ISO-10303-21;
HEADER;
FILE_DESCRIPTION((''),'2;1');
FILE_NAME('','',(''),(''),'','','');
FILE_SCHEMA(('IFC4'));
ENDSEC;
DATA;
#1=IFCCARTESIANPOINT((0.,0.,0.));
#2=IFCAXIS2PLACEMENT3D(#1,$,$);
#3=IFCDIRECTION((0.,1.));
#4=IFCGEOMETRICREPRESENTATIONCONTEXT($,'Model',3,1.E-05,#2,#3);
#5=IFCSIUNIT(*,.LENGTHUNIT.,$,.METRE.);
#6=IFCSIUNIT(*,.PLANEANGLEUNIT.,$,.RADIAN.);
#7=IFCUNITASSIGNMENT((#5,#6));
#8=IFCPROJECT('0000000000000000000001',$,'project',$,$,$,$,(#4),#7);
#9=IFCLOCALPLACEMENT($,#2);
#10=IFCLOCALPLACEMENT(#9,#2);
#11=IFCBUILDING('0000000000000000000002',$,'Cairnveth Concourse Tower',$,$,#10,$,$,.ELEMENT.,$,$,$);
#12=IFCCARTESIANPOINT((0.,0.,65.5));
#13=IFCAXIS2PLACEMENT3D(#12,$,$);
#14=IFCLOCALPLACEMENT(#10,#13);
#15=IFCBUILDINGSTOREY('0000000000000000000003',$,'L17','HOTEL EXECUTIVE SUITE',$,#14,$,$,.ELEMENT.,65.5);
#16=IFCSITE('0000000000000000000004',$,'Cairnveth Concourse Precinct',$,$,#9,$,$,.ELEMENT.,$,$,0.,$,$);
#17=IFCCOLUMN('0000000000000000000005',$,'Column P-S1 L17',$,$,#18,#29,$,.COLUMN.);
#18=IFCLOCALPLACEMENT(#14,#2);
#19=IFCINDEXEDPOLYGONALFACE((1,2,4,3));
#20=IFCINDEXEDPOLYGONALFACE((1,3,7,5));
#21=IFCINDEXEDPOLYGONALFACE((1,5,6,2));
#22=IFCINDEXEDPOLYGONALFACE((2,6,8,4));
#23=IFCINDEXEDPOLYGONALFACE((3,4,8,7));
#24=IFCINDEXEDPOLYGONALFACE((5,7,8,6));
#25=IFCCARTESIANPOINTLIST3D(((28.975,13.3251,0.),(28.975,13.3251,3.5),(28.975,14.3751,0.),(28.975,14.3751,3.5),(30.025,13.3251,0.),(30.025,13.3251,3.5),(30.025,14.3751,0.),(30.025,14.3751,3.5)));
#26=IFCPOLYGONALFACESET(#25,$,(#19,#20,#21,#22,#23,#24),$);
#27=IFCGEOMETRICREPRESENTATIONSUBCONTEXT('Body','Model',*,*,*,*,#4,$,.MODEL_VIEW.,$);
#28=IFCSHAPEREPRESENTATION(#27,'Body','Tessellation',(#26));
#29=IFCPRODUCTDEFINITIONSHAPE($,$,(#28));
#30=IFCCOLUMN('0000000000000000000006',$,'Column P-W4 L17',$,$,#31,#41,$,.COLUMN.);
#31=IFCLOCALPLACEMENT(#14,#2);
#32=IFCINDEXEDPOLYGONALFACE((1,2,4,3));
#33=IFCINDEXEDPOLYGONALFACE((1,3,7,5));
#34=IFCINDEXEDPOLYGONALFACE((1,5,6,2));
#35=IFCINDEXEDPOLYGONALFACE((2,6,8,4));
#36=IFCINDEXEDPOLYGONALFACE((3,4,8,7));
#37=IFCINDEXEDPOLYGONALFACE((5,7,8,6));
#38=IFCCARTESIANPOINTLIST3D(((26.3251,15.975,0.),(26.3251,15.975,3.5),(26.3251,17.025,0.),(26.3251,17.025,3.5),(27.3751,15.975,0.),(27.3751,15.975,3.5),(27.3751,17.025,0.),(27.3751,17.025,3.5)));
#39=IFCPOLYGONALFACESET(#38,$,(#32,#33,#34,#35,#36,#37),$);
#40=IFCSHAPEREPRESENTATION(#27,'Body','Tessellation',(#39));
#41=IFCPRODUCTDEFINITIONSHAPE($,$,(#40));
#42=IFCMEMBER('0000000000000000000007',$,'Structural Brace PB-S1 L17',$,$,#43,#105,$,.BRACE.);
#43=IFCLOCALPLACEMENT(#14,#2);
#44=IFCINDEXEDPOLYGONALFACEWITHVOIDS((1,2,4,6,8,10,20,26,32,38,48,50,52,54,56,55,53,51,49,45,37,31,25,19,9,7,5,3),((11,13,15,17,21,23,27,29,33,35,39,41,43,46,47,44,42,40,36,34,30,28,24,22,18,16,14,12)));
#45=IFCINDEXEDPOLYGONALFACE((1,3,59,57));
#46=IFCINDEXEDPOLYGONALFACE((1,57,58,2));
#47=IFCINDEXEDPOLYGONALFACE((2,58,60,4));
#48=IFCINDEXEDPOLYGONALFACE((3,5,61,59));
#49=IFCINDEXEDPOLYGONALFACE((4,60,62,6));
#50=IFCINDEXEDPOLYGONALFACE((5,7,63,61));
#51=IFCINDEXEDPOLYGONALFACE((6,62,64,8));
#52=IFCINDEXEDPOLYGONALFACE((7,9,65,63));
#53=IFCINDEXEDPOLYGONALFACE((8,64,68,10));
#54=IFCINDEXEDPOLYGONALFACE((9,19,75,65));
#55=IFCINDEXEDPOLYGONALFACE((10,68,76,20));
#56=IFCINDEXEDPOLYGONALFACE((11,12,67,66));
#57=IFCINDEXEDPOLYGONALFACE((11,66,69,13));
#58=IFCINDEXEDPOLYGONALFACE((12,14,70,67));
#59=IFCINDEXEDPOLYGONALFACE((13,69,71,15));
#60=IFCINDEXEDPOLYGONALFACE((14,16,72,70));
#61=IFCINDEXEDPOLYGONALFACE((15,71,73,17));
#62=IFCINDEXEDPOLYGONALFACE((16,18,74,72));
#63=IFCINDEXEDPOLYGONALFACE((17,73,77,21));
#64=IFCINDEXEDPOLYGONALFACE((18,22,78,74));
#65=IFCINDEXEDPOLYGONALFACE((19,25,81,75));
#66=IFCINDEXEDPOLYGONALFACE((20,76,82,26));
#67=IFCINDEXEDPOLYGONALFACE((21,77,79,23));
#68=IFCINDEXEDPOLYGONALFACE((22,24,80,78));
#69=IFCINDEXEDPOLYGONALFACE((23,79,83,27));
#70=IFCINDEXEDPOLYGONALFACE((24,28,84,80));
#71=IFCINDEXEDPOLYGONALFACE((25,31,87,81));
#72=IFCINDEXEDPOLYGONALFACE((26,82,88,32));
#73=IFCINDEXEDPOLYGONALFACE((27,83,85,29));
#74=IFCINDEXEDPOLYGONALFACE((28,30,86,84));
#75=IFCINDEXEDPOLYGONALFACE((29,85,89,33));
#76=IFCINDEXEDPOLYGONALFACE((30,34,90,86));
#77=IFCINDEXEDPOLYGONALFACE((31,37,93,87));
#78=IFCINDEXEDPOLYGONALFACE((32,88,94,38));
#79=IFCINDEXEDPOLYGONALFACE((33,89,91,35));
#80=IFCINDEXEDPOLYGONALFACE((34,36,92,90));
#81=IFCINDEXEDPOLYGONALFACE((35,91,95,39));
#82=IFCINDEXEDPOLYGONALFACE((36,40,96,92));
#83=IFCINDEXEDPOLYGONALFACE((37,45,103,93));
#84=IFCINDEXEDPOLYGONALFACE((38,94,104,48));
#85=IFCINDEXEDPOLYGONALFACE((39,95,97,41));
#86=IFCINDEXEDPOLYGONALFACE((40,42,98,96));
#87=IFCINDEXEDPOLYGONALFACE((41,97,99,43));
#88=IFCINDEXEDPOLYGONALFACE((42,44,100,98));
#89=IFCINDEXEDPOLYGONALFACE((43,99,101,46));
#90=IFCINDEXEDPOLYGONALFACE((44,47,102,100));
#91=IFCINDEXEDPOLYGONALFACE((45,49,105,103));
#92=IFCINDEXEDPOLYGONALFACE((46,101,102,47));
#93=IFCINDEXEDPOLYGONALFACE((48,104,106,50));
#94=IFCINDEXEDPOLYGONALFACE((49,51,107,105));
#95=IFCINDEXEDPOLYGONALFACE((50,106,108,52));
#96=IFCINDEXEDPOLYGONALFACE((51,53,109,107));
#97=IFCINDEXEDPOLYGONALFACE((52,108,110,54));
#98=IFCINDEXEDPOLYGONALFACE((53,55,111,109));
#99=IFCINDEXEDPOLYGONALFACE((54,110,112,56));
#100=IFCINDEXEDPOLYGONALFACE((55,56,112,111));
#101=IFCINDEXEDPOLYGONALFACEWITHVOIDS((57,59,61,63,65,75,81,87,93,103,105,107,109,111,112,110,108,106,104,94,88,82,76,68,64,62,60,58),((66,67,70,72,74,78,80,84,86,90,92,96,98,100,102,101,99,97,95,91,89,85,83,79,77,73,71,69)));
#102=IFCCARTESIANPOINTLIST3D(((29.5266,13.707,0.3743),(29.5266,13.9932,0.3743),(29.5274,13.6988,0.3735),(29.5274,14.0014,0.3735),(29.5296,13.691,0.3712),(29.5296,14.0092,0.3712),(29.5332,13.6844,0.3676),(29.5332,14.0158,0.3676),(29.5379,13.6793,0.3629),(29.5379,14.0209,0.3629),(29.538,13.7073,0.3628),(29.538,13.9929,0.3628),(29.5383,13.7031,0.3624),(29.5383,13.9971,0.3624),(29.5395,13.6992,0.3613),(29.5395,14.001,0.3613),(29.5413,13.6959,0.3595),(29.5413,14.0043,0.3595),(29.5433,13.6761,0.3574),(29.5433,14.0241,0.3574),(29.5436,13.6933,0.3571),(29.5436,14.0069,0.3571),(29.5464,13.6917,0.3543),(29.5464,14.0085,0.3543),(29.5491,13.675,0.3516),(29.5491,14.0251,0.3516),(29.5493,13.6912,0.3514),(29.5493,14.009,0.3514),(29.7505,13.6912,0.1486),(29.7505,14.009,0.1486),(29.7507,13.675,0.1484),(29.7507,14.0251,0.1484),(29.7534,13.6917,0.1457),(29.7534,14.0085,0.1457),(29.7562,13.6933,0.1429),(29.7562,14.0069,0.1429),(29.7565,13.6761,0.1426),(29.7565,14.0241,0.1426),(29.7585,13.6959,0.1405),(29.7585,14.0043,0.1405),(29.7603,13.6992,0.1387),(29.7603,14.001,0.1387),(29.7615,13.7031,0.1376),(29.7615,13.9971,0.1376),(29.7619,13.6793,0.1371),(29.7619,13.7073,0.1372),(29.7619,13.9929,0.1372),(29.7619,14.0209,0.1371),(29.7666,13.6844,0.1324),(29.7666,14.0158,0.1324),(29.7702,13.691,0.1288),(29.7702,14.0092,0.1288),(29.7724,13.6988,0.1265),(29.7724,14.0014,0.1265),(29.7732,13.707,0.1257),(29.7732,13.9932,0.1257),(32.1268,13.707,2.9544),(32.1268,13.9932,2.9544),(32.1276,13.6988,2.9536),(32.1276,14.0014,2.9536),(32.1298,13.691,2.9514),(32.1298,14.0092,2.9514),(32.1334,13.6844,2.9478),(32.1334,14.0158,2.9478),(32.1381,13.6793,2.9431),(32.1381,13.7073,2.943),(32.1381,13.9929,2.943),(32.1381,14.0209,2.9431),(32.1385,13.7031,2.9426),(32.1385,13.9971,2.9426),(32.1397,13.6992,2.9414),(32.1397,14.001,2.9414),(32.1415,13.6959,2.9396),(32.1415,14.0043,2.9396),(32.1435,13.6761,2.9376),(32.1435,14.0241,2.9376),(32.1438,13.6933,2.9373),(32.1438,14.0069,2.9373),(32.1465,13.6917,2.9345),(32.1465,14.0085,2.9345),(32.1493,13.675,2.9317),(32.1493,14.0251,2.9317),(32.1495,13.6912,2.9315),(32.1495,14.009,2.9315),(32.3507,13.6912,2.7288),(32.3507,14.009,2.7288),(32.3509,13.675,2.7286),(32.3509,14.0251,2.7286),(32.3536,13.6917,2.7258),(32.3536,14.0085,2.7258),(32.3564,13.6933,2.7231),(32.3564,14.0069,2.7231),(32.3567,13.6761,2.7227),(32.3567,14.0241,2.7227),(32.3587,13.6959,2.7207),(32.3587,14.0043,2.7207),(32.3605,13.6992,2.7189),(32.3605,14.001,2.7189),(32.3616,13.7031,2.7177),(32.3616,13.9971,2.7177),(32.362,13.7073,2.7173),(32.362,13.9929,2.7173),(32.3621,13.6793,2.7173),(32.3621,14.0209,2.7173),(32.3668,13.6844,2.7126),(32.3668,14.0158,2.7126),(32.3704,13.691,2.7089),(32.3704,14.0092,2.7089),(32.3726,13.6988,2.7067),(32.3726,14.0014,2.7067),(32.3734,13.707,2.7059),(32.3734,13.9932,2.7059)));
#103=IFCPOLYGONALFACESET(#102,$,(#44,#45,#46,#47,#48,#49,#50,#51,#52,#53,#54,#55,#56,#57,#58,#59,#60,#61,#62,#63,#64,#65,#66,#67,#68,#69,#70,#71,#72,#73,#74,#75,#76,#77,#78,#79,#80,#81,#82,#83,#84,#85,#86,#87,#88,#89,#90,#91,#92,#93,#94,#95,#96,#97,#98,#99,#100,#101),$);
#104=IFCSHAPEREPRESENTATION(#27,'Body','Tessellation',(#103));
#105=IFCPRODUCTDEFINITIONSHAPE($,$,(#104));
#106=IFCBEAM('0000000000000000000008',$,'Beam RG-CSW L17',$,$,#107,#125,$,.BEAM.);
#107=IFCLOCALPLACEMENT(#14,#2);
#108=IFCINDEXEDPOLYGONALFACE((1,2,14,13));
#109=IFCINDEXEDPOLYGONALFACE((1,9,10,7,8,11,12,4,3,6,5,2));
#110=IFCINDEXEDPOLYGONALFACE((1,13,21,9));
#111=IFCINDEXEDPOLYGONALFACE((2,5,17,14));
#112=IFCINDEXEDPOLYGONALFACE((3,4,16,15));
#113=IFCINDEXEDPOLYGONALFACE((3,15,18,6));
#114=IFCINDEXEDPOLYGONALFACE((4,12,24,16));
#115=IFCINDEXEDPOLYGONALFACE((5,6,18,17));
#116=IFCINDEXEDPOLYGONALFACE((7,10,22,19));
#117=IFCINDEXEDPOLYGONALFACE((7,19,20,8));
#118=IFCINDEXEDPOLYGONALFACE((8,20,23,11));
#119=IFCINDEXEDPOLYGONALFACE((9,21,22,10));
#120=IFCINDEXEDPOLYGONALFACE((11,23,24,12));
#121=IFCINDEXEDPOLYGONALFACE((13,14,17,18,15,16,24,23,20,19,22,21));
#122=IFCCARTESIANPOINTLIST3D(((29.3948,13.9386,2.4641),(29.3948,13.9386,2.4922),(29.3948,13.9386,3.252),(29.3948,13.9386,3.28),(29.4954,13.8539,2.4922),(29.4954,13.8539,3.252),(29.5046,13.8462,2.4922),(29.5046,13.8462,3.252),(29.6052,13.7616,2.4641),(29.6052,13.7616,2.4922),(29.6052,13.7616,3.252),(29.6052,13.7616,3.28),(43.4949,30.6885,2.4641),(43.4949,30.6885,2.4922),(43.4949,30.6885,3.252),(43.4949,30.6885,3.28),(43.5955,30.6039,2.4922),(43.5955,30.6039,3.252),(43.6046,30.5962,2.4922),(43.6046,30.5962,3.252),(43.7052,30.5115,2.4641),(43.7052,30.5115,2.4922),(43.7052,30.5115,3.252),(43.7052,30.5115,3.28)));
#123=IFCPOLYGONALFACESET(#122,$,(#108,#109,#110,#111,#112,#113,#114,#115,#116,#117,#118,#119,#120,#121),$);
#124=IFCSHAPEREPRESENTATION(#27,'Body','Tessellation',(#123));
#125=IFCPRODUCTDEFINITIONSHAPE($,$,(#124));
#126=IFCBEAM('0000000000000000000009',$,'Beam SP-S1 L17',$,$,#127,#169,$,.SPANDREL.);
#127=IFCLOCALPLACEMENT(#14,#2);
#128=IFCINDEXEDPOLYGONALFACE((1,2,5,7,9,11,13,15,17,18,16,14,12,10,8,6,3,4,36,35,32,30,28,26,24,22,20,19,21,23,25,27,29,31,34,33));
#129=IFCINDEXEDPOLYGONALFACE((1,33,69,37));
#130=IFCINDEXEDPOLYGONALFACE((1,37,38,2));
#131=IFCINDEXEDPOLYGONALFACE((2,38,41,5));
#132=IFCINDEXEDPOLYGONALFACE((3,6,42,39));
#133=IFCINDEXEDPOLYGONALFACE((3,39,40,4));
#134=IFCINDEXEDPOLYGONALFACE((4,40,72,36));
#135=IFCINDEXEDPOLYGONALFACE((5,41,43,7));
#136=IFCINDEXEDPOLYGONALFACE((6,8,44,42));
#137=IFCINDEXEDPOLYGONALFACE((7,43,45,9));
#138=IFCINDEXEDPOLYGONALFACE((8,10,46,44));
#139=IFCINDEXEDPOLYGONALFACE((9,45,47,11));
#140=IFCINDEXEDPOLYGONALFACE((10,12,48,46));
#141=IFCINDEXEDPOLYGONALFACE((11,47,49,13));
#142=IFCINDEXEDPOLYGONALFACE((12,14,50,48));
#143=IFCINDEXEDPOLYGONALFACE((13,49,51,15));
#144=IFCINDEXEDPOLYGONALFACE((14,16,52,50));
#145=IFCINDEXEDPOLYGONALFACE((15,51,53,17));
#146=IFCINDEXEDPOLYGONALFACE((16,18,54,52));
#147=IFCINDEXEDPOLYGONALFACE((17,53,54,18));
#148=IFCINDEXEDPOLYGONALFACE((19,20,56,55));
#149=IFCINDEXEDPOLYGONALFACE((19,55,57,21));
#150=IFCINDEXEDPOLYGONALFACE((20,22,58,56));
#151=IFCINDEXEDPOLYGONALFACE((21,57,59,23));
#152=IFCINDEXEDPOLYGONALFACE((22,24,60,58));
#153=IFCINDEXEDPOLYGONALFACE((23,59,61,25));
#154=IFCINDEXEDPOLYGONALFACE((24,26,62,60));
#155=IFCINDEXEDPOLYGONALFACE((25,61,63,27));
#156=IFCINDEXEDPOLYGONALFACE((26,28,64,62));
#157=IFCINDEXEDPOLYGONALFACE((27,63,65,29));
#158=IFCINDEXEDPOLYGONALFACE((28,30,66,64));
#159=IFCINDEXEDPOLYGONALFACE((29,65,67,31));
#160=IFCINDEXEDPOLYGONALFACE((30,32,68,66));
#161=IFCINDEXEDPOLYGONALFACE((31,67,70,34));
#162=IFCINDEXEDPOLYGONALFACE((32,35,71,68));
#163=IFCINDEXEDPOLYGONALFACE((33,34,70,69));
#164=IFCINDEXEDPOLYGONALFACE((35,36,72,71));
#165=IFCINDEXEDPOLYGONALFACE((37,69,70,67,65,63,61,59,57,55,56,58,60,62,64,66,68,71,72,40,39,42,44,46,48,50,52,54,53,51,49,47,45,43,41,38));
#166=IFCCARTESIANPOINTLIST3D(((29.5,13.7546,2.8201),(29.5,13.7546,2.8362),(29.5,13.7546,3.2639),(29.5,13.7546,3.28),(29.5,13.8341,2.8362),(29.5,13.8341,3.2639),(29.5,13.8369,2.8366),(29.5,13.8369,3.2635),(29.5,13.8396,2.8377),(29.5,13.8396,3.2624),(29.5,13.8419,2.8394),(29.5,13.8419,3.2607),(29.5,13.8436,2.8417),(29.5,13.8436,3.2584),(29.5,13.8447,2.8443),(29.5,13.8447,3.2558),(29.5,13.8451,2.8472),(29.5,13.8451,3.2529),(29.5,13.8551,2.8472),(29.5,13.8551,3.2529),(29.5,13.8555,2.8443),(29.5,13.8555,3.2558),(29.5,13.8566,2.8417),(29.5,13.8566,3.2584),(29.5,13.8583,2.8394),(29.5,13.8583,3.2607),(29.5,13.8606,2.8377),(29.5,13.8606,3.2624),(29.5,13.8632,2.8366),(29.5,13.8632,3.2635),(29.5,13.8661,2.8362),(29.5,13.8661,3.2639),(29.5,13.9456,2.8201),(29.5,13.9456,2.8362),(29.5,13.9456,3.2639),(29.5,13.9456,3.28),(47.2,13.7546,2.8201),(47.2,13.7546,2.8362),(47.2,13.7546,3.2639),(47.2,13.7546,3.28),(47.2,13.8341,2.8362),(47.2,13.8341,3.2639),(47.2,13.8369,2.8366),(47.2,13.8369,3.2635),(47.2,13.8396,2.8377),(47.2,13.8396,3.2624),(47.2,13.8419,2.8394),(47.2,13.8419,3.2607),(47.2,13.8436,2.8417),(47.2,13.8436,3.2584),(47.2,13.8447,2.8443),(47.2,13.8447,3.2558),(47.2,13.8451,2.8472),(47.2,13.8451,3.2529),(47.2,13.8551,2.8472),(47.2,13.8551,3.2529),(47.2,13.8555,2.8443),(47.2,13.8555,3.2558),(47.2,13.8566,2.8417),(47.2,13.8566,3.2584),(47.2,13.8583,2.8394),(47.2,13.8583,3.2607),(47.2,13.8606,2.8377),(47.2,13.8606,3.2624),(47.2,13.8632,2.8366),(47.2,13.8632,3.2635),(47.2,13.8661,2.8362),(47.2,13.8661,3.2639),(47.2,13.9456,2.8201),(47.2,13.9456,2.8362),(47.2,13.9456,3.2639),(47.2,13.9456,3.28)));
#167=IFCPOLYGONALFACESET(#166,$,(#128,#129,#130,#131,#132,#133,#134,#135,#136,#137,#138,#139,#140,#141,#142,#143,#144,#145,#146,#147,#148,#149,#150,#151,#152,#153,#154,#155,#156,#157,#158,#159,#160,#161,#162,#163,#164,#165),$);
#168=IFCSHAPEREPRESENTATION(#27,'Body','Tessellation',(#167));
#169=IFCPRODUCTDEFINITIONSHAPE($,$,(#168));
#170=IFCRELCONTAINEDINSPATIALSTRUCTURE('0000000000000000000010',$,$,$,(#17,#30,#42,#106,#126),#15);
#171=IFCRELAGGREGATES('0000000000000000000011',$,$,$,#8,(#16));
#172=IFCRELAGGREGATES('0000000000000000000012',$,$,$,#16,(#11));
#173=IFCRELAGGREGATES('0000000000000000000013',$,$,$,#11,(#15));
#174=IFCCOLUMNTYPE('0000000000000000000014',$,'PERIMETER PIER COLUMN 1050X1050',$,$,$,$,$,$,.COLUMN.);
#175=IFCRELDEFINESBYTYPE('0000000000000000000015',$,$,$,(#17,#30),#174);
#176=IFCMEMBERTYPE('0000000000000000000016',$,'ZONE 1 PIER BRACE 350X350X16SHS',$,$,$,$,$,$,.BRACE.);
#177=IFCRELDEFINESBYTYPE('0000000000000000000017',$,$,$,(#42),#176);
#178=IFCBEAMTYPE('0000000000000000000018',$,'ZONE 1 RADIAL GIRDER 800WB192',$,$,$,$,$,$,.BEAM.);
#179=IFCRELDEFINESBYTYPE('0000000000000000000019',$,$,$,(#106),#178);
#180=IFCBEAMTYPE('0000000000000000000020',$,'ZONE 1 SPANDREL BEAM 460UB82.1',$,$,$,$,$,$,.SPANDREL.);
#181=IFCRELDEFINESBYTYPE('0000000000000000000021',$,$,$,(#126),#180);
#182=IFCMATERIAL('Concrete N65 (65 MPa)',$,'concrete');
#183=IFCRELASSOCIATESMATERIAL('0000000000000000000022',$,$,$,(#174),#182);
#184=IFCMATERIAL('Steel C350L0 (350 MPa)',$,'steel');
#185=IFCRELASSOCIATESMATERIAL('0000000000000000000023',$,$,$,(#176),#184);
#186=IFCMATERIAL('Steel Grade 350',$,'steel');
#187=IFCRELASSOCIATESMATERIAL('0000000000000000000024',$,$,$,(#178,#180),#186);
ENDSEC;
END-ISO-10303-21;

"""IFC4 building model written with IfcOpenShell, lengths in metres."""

from ifc_helpers import new_model, si_unit, direction, frame, origin, origin_2d, place, context, subcontext, project, spatial, rectangle, hollow_rectangle, i_section, extrude, material, material_profile, profile_set, type_object, element, save


model = new_model("IFC4")

# Units and contexts
model_context = context("Model", 3, precision=1e-05, world=origin(), true_north=direction((0.0, 1.0)))
body_context = subcontext(model_context, "Body", "Model", "MODEL_VIEW")
ifc_project = project(units=[si_unit("LENGTHUNIT", "METRE"), si_unit("PLANEANGLEUNIT", "RADIAN")], contexts=[model_context])

# Site, building, storey
site_placement = place(None, origin())
site = spatial("IfcSite", under=ifc_project, at=site_placement, Name="Cairnveth Concourse Precinct", CompositionType="ELEMENT", RefElevation=0.0)
building_placement = place(site_placement, origin())
building = spatial("IfcBuilding", under=site, at=building_placement, Name="Cairnveth Concourse Tower", CompositionType="ELEMENT")
storey_placement = place(building_placement, frame((0.0, 0.0, 65.5)))
storey = spatial("IfcBuildingStorey", under=building, at=storey_placement, Name="L17", Description="HOTEL EXECUTIVE SUITE", CompositionType="ELEMENT", Elevation=65.5)

# Columns
ifc_material_1 = material(Name="Concrete N65 (65 MPa)", Category="concrete")
ifc_material_profile_1 = material_profile(ifc_material_1, rectangle(XDim=1.05, YDim=1.05, at=origin_2d()), Name="RC-COL-1050x1050")
ifc_profile_set_1 = profile_set([ifc_material_profile_1], Name="Concrete N65 (65 MPa)")
column_type = type_object("IfcColumnType", Name="PERIMETER PIER COLUMN 1050X1050", PredefinedType="COLUMN", material=ifc_profile_set_1)
for number, where, z_axis, x_axis, name in (
    (1, (29.5, 13.8501, 0.0), (0.0, 0.0, 1.0), (1.0, 0.0, 0.0), "Column P-S1 L17"),
    (2, (26.8501, 16.5, 0.0), (0.0, 0.0, 1.0), (0.0, 1.0, 0.0), "Column P-W4 L17"),
):
    element("IfcColumn", number, at=place(storey_placement, frame(where, z_axis=z_axis, x_axis=x_axis)), inside=storey, type_object=column_type, Name=name, PredefinedType="COLUMN", context=body_context, shape_type="SweptSolid", body=[
        extrude(rectangle(XDim=1.05, YDim=1.05, at=origin_2d()), origin(), (0.0, 0.0, 1.0), 3.5),
    ])

# Member
ifc_material_2 = material(Name="Steel C350L0 (350 MPa)", Category="steel")
ifc_material_profile_2 = material_profile(ifc_material_2, hollow_rectangle(XDim=0.3501, YDim=0.3501, WallThickness=0.0161, InnerFilletRadius=0.0161, OuterFilletRadius=0.032, at=origin_2d()), Name="350x350x16.0SHS")
ifc_profile_set_2 = profile_set([ifc_material_profile_2], Name="Steel C350L0 (350 MPa)")
member_type = type_object("IfcMemberType", Name="ZONE 1 PIER BRACE 350X350X16SHS", PredefinedType="BRACE", material=ifc_profile_set_2)
member_placement = place(storey_placement, frame((29.6499, 13.8501, 0.25), z_axis=(0.709834, 0.0, 0.704369), x_axis=(0.0, 1.0, 0.0)))
element("IfcMember", 3, at=member_placement, inside=storey, type_object=member_type, Name="Structural Brace PB-S1 L17", PredefinedType="BRACE", context=body_context, shape_type="SweptSolid", body=[
    extrude(hollow_rectangle(XDim=0.3501, YDim=0.3501, WallThickness=0.0161, InnerFilletRadius=0.0161, OuterFilletRadius=0.032, at=origin_2d()), origin(), (0.0, 0.0, 1.0), 3.6631),
])

# Beams
ifc_material_3 = material(Name="Steel Grade 350", Category="steel")
ifc_material_profile_3 = material_profile(ifc_material_3, i_section(OverallWidth=0.2749, OverallDepth=0.8159, WebThickness=0.012, FlangeThickness=0.0281, at=origin_2d()), Name="800WB192")
ifc_profile_set_3 = profile_set([ifc_material_profile_3], Name="Steel Grade 350")
beam_type_1 = type_object("IfcBeamType", Name="ZONE 1 RADIAL GIRDER 800WB192", PredefinedType="BEAM", material=ifc_profile_set_3)
beam_placement = place(storey_placement, frame((29.5, 13.8501, 2.8721), z_axis=(0.643998, 0.765027, 0.0), x_axis=(-0.765027, 0.643998, 0.0)))
element("IfcBeam", 4, at=beam_placement, inside=storey, type_object=beam_type_1, Name="Beam RG-CSW L17", PredefinedType="BEAM", context=body_context, shape_type="SweptSolid", body=[
    extrude(i_section(OverallWidth=0.2749, OverallDepth=0.8159, WebThickness=0.012, FlangeThickness=0.0281, at=origin_2d()), origin(), (0.0, 0.0, 1.0), 21.8945),
])
ifc_material_profile_4 = material_profile(ifc_material_3, i_section(OverallWidth=0.1909, OverallDepth=0.46, WebThickness=0.01, FlangeThickness=0.0161, FilletRadius=0.011, at=origin_2d()), Name="460UB82.1")
ifc_profile_set_4 = profile_set([ifc_material_profile_4], Name="Steel Grade 350")
beam_type_2 = type_object("IfcBeamType", Name="ZONE 1 SPANDREL BEAM 460UB82.1", PredefinedType="SPANDREL", material=ifc_profile_set_4)
for number, where, z_axis, x_axis, name in (
    (5, (29.5, 13.8501, 3.05), (1.0, 0.0, 0.0), (0.0, 1.0, 0.0), "Beam SP-S1 L17"),
):
    element("IfcBeam", number, at=place(storey_placement, frame(where, z_axis=z_axis, x_axis=x_axis)), inside=storey, type_object=beam_type_2, Name=name, PredefinedType="SPANDREL", context=body_context, shape_type="SweptSolid", body=[
        extrude(i_section(OverallWidth=0.1909, OverallDepth=0.46, WebThickness=0.01, FlangeThickness=0.0161, FilletRadius=0.011, at=origin_2d()), origin(), (0.0, 0.0, 1.0), 17.7),
    ])

save(model, "model.ifc")
